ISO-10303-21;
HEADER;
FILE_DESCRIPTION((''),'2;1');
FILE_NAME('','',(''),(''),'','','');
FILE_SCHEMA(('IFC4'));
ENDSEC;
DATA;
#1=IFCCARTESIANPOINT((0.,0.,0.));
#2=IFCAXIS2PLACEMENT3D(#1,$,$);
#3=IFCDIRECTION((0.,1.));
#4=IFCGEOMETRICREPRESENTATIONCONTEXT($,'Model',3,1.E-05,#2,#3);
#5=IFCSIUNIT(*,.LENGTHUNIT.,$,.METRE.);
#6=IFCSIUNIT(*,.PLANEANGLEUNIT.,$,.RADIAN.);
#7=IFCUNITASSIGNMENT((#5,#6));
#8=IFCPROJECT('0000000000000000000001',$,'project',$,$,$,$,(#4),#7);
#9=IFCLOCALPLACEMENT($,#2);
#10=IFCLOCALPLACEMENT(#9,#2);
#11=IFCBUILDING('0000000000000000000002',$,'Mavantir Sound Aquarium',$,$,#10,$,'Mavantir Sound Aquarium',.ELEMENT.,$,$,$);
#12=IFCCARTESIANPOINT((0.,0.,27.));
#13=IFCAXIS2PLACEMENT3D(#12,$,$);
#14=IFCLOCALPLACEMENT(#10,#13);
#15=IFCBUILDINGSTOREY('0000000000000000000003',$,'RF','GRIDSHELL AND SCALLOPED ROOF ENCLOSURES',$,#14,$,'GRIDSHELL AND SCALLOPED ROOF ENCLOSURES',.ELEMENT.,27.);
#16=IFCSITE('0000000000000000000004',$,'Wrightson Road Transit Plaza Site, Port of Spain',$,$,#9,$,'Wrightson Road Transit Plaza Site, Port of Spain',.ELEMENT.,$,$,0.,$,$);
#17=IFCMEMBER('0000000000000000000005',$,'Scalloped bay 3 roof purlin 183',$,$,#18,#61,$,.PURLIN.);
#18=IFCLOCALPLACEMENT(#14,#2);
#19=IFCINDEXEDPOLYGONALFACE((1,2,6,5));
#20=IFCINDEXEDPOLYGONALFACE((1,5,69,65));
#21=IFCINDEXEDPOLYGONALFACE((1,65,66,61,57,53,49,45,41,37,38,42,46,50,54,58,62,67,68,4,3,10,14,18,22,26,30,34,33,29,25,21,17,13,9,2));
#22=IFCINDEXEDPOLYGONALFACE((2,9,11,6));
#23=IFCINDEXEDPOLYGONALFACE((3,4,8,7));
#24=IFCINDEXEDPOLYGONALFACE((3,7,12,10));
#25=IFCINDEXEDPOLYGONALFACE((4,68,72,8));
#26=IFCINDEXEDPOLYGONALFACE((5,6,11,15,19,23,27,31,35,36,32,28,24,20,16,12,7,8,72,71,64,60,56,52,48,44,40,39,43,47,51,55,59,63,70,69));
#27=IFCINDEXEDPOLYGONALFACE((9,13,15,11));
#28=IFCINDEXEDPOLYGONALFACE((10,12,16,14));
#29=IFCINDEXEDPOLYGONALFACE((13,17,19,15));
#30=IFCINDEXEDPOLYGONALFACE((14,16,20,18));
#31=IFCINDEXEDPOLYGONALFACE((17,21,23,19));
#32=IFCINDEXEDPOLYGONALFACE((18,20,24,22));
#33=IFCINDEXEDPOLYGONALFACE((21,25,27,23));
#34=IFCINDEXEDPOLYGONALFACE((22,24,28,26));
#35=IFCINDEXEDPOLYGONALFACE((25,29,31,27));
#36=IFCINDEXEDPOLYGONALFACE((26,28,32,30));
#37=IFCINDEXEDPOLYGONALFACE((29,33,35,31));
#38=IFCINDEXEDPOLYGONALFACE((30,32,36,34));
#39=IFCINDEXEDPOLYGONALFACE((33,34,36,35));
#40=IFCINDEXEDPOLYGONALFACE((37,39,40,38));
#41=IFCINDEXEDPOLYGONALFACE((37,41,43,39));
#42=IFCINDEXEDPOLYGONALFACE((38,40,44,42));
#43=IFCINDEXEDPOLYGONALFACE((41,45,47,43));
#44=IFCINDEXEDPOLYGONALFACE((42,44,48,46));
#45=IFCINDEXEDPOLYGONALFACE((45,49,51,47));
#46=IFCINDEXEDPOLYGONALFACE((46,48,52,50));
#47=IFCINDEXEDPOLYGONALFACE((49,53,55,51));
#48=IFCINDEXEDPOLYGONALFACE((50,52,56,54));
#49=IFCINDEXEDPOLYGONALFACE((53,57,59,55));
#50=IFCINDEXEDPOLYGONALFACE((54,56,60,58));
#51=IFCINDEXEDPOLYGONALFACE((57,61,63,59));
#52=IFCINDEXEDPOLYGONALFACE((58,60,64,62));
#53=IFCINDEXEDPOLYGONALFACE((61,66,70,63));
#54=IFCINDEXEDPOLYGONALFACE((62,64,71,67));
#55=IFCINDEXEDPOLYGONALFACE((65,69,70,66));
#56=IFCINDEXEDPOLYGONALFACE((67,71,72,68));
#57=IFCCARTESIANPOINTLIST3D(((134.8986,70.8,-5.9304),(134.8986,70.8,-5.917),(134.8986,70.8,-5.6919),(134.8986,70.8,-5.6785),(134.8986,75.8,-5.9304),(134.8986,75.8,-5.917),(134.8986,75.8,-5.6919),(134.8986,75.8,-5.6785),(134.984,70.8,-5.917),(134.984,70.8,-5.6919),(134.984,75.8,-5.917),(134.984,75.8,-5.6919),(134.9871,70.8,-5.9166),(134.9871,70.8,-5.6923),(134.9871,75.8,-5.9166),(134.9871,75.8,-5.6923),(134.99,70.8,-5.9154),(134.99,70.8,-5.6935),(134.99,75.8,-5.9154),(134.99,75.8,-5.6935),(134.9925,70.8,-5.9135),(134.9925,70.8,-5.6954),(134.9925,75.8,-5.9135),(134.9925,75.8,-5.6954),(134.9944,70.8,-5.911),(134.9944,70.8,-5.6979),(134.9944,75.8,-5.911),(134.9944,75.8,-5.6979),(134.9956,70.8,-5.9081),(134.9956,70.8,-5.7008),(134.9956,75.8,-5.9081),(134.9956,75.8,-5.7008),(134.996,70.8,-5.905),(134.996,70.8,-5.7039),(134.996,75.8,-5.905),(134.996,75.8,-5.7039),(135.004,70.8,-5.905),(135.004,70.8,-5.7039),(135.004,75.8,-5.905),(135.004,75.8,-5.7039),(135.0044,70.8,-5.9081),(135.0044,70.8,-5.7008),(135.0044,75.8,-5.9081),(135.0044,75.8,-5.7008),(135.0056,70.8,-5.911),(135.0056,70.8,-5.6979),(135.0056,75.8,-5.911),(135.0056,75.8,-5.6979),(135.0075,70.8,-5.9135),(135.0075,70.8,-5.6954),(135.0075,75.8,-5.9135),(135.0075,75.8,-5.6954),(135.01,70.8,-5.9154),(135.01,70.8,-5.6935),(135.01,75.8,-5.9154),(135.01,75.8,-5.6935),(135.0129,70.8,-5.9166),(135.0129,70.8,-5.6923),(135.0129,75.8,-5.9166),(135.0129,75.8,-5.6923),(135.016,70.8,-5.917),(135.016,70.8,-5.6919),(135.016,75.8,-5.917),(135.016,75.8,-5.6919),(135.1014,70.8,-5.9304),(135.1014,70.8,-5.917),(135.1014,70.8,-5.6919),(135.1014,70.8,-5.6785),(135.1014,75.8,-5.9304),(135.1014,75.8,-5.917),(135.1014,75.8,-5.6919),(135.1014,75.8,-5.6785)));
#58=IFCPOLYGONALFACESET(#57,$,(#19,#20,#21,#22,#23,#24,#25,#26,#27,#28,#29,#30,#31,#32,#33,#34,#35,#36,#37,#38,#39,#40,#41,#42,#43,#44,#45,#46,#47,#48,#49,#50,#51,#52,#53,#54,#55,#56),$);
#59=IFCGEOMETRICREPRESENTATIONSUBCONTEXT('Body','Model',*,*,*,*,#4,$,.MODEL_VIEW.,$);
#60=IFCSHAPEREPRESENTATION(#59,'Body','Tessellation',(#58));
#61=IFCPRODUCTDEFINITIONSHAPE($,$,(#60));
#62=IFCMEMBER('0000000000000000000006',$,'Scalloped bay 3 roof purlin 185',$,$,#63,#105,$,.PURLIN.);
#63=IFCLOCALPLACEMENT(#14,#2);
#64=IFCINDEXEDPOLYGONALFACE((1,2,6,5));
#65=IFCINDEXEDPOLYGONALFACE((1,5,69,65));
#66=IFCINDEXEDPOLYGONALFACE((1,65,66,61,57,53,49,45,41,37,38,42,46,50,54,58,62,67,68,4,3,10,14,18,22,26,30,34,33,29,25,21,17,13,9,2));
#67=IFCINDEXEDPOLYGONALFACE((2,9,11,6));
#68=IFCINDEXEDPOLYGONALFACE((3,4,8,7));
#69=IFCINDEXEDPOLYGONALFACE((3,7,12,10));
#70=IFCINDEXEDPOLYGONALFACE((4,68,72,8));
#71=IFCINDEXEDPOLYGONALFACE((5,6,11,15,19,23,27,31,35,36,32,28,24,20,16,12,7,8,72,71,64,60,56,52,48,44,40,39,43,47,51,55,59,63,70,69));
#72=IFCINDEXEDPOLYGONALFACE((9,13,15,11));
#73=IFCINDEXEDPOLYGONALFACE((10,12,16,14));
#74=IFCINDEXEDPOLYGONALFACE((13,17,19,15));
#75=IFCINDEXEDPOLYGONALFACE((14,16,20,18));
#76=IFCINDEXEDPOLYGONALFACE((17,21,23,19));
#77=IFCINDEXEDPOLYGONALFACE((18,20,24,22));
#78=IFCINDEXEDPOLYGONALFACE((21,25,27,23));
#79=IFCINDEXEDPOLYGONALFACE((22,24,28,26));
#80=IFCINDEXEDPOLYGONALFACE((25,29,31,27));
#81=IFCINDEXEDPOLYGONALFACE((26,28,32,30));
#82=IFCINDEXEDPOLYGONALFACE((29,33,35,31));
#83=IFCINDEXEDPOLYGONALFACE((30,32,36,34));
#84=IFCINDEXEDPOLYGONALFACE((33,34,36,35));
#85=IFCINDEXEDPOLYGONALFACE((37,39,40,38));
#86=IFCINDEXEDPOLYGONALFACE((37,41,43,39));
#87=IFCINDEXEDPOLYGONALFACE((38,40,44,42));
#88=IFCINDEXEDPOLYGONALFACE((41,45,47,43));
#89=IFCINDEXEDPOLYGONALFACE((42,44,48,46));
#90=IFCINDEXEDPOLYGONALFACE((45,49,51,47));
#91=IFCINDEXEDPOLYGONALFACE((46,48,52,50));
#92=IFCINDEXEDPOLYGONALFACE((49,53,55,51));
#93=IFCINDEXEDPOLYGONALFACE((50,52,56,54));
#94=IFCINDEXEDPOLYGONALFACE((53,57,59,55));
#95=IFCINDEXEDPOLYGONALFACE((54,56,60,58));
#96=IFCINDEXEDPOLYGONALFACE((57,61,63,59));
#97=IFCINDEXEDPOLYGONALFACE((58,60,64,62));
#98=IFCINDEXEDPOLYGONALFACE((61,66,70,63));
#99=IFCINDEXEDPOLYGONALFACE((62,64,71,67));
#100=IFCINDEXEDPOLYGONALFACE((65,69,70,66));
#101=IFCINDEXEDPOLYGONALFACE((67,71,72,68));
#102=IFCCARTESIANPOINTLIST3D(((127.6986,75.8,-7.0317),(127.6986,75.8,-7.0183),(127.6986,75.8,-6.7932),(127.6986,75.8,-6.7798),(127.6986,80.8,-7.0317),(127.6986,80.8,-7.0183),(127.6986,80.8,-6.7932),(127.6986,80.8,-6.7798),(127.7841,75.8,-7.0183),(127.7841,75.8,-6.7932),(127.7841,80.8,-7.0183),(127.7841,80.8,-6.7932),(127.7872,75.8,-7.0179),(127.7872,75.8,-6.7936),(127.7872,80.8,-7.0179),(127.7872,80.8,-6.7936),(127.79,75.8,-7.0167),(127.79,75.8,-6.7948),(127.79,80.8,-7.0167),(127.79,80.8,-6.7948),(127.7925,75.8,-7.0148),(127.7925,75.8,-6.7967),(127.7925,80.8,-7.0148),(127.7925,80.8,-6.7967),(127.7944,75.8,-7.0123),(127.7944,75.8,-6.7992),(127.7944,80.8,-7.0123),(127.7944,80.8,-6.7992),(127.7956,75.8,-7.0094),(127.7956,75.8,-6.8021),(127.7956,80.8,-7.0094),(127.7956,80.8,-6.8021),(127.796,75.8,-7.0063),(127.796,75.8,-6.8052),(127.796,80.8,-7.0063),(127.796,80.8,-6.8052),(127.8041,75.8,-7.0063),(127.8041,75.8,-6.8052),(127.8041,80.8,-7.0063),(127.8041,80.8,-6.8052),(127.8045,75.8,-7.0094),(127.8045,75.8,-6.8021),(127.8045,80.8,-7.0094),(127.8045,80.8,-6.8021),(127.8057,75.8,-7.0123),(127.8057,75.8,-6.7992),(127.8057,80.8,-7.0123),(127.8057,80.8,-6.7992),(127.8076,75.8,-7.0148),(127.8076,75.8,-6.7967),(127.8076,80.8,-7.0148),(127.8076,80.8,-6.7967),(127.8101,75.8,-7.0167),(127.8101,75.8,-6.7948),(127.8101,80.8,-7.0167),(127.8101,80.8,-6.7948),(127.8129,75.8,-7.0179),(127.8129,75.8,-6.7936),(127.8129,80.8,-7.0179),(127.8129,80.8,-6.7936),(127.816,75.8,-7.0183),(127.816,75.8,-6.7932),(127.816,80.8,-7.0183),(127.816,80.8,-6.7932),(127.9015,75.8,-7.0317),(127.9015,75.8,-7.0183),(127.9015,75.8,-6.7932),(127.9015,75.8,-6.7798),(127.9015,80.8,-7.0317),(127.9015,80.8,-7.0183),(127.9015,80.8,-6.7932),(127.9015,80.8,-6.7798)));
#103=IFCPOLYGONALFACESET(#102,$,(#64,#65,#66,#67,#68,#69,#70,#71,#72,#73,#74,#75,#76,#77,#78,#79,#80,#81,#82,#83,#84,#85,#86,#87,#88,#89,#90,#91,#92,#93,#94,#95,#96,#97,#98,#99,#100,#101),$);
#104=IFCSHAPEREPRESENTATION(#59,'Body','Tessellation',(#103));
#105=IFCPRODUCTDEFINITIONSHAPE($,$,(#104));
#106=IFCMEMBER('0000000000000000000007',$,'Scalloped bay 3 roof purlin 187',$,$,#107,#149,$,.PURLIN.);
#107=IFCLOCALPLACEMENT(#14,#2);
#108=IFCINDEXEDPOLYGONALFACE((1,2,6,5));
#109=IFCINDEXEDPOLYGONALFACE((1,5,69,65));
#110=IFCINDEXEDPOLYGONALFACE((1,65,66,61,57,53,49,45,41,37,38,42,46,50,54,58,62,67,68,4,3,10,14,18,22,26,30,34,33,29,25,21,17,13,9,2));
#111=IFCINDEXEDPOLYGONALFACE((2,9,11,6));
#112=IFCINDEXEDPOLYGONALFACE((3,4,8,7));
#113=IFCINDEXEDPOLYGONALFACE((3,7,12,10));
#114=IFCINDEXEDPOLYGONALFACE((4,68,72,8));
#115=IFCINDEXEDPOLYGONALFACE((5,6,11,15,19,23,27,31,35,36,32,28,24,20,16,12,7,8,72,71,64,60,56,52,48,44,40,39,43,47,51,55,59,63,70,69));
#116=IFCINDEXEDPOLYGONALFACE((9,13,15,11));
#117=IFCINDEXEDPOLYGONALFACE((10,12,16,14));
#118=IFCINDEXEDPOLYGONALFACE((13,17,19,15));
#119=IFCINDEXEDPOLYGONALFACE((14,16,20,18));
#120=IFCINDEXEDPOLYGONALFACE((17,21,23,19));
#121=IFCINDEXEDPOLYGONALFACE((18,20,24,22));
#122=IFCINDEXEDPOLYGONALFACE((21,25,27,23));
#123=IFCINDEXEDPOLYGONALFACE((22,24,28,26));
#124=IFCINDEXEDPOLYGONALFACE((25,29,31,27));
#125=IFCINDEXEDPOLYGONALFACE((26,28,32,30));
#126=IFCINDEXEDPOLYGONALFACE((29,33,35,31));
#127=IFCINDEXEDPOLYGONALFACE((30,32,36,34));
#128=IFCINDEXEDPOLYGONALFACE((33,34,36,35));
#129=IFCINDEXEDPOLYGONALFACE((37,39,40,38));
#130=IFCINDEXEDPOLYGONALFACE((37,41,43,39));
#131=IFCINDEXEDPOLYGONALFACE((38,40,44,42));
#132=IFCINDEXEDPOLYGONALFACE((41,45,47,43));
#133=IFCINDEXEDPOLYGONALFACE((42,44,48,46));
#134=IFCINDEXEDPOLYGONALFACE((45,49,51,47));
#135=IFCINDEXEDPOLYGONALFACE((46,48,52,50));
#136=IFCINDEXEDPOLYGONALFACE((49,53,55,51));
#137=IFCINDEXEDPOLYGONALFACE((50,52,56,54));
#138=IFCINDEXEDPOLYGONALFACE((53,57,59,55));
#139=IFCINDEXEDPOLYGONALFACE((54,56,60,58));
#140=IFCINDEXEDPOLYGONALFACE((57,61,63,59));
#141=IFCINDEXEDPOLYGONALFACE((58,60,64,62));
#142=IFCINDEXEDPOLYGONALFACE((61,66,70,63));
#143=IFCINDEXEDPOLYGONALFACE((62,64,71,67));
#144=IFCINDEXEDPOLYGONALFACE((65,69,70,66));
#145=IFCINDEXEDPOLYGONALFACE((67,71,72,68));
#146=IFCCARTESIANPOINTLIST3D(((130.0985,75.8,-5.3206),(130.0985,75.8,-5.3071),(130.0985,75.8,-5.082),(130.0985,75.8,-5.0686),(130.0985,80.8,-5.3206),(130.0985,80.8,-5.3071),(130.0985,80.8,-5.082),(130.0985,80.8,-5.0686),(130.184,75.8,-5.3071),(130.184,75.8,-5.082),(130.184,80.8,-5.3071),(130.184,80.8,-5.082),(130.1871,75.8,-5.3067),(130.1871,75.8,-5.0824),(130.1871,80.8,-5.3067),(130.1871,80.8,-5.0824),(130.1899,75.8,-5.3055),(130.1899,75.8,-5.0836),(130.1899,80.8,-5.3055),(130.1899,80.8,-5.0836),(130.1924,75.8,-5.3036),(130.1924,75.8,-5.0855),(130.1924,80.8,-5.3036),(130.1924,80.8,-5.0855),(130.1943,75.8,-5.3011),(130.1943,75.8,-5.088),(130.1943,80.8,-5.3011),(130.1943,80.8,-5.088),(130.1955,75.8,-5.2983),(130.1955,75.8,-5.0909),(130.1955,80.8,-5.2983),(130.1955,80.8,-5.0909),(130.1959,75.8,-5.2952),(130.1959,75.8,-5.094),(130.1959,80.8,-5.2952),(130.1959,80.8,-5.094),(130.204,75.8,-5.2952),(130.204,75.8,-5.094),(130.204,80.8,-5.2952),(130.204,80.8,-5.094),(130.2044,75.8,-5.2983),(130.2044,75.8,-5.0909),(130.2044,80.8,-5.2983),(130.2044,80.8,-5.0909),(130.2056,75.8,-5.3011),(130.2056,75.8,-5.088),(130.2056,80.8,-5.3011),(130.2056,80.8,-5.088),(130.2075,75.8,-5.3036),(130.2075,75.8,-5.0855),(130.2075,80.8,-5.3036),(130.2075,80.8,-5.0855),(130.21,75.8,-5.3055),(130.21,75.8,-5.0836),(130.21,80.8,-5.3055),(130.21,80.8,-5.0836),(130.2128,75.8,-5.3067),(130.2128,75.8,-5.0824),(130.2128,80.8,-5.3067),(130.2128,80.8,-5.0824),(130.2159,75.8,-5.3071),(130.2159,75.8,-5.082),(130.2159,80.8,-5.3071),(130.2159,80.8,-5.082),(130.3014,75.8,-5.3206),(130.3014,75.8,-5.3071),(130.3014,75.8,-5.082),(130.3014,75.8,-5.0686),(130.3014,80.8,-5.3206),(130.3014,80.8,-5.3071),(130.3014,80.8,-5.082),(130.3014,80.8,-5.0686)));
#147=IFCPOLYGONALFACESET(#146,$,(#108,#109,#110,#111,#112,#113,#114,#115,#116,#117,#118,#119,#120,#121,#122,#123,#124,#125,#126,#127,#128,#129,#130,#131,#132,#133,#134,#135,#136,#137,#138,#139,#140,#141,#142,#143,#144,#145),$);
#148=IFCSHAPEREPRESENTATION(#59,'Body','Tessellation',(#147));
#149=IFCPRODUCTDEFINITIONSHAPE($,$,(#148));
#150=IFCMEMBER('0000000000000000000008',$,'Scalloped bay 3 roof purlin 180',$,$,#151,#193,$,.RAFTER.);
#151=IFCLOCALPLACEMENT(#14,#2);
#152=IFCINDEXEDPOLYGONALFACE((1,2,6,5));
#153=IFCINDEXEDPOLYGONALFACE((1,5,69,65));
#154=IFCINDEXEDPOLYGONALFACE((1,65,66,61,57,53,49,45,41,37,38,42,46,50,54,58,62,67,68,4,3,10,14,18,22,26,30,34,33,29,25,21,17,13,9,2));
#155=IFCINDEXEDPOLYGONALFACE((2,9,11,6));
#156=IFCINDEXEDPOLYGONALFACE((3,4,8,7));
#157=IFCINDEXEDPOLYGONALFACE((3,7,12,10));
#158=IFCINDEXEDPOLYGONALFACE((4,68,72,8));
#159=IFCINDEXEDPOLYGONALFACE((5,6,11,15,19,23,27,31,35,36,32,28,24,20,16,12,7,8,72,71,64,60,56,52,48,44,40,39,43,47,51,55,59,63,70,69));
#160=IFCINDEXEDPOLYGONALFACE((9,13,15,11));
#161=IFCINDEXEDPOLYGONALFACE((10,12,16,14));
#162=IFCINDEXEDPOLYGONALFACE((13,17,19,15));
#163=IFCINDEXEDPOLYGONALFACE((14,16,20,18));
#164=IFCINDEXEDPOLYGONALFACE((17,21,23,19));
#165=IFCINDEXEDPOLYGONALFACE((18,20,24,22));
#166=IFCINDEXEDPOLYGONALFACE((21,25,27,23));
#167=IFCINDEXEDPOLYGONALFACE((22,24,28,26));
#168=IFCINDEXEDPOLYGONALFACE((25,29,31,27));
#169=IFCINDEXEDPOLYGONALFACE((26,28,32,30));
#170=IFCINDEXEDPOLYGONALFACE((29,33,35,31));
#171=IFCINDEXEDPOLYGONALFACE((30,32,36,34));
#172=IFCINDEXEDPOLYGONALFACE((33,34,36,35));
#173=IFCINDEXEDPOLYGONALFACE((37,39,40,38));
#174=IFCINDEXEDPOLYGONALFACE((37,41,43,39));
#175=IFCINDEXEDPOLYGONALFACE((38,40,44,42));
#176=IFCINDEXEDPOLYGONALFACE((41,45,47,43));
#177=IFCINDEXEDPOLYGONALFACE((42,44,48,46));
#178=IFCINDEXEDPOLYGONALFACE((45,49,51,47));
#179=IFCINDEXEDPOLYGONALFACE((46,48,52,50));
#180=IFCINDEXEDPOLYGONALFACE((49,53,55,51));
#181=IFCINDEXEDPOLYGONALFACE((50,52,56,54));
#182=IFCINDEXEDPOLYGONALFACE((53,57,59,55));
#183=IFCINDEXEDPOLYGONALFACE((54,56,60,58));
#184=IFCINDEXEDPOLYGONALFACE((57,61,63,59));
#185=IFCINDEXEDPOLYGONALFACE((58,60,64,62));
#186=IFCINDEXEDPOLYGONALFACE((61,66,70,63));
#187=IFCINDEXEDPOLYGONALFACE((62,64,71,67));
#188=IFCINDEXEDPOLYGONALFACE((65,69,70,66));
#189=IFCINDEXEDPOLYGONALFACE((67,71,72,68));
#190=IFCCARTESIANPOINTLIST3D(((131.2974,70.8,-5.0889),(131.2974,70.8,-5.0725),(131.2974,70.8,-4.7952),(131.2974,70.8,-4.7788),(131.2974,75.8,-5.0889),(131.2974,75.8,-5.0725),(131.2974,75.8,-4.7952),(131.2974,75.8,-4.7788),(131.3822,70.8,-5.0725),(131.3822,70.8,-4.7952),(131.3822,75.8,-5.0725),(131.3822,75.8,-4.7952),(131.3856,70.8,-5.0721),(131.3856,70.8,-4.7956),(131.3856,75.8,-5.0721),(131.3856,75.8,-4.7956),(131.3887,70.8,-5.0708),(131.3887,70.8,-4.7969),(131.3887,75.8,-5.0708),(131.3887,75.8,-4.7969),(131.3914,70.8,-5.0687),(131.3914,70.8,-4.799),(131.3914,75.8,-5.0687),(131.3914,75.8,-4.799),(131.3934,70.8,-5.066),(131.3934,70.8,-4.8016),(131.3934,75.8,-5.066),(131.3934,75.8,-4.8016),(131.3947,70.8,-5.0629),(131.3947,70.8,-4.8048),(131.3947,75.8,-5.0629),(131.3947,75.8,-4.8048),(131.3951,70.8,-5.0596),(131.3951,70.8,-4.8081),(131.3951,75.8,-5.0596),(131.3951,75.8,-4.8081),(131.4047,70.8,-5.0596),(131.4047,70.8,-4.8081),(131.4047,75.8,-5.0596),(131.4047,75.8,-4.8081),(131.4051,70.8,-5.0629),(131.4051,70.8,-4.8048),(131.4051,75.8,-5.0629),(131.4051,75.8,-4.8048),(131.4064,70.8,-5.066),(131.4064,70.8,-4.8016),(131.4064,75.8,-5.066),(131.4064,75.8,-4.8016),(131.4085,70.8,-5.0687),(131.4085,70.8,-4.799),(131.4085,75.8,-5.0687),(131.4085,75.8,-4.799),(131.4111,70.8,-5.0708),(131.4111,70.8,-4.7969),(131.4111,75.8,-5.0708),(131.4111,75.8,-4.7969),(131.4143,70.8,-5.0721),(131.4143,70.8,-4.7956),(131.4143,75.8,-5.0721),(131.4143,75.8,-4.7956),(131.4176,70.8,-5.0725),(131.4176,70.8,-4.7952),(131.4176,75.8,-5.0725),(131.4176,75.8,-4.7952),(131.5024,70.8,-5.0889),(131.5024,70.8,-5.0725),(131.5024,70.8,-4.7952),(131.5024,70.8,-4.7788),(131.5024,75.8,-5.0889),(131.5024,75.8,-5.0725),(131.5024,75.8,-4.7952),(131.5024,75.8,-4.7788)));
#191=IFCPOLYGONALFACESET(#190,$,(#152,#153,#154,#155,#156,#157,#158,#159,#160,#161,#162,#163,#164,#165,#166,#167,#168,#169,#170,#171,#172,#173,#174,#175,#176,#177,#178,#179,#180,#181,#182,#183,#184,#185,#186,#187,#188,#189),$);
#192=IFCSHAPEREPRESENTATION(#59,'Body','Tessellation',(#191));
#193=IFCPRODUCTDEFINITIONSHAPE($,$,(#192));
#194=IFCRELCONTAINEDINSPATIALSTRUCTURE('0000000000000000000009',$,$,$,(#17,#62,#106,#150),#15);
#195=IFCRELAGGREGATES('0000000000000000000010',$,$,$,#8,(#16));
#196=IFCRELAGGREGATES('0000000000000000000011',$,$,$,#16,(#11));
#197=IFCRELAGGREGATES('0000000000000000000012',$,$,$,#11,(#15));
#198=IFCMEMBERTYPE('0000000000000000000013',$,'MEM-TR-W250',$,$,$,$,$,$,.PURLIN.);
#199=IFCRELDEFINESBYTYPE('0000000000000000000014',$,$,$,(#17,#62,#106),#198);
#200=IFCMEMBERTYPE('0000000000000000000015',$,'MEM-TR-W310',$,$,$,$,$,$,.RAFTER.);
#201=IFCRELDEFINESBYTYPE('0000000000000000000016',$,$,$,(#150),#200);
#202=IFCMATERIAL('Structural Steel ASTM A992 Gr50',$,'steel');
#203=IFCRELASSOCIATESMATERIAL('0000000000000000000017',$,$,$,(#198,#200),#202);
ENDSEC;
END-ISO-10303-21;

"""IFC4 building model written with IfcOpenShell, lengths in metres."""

from ifc_helpers import new_model, si_unit, direction, frame, origin, origin_2d, place, context, subcontext, project, spatial, i_section, extrude, material, material_profile, profile_set, type_object, element, save


model = new_model("IFC4")

# Units and contexts
model_context = context("Model", 3, precision=1e-05, world=origin(), true_north=direction((0.0, 1.0)))
body_context = subcontext(model_context, "Body", "Model", "MODEL_VIEW")
ifc_project = project(units=[si_unit("LENGTHUNIT", "METRE"), si_unit("PLANEANGLEUNIT", "RADIAN")], contexts=[model_context])

# Site, building, storey
site_placement = place(None, origin())
site = spatial("IfcSite", under=ifc_project, at=site_placement, Name="Wrightson Road Transit Plaza Site, Port of Spain", LongName="Wrightson Road Transit Plaza Site, Port of Spain", CompositionType="ELEMENT", RefElevation=0.0)
building_placement = place(site_placement, origin())
building = spatial("IfcBuilding", under=site, at=building_placement, Name="Mavantir Sound Aquarium", LongName="Mavantir Sound Aquarium", CompositionType="ELEMENT")
storey_placement = place(building_placement, frame((0.0, 0.0, 27.0)))
storey = spatial("IfcBuildingStorey", under=building, at=storey_placement, Name="RF", Description="GRIDSHELL AND SCALLOPED ROOF ENCLOSURES", LongName="GRIDSHELL AND SCALLOPED ROOF ENCLOSURES", CompositionType="ELEMENT", Elevation=27.0)

# Shared definitions
ifc_material_1 = material(Name="Structural Steel ASTM A992 Gr50", Category="steel")

# Members
ifc_material_profile_1 = material_profile(ifc_material_1, i_section(OverallWidth=0.2029, OverallDepth=0.252, WebThickness=0.0081, FlangeThickness=0.0134, FilletRadius=0.012, at=origin_2d()), Name="W250X58")
ifc_profile_set_1 = profile_set([ifc_material_profile_1], Name="Structural Steel ASTM A992 Gr50")
member_type_1 = type_object("IfcMemberType", Name="MEM-TR-W250", PredefinedType="PURLIN", material=ifc_profile_set_1)
for number, where, z_axis, x_axis, name in (
    (1, (135.0, 70.8, -5.8044), (0.0, 1.0, 0.0), (-1.0, 0.0, 0.0), "Scalloped bay 3 roof purlin 183"),
    (2, (127.8, 75.8, -6.9058), (0.0, 1.0, 0.0), (-1.0, 0.0, 0.0), "Scalloped bay 3 roof purlin 185"),
    (3, (130.2, 75.8, -5.1946), (0.0, 1.0, 0.0), (-1.0, 0.0, 0.0), "Scalloped bay 3 roof purlin 187"),
):
    element("IfcMember", number, at=place(storey_placement, frame(where, z_axis=z_axis, x_axis=x_axis)), inside=storey, type_object=member_type_1, Name=name, PredefinedType="PURLIN", context=body_context, shape_type="SweptSolid", body=[
        extrude(i_section(OverallWidth=0.2029, OverallDepth=0.252, WebThickness=0.0081, FlangeThickness=0.0134, FilletRadius=0.012, at=origin_2d()), origin(), (0.0, 0.0, 1.0), 5.0),
    ])
ifc_material_profile_2 = material_profile(ifc_material_1, i_section(OverallWidth=0.2051, OverallDepth=0.3101, WebThickness=0.0095, FlangeThickness=0.0164, FilletRadius=0.0129, at=origin_2d()), Name="W310X74")
ifc_profile_set_2 = profile_set([ifc_material_profile_2], Name="Structural Steel ASTM A992 Gr50")
member_type_2 = type_object("IfcMemberType", Name="MEM-TR-W310", PredefinedType="RAFTER", material=ifc_profile_set_2)
for number, where, z_axis, x_axis, name in (
    (4, (131.3999, 70.8, -4.9338), (0.0, 1.0, 0.0), (-1.0, 0.0, 0.0), "Scalloped bay 3 roof purlin 180"),
):
    element("IfcMember", number, at=place(storey_placement, frame(where, z_axis=z_axis, x_axis=x_axis)), inside=storey, type_object=member_type_2, Name=name, PredefinedType="RAFTER", context=body_context, shape_type="SweptSolid", body=[
        extrude(i_section(OverallWidth=0.2051, OverallDepth=0.3101, WebThickness=0.0095, FlangeThickness=0.0164, FilletRadius=0.0129, at=origin_2d()), origin(), (0.0, 0.0, 1.0), 5.0),
    ])

save(model, "model.ifc")
